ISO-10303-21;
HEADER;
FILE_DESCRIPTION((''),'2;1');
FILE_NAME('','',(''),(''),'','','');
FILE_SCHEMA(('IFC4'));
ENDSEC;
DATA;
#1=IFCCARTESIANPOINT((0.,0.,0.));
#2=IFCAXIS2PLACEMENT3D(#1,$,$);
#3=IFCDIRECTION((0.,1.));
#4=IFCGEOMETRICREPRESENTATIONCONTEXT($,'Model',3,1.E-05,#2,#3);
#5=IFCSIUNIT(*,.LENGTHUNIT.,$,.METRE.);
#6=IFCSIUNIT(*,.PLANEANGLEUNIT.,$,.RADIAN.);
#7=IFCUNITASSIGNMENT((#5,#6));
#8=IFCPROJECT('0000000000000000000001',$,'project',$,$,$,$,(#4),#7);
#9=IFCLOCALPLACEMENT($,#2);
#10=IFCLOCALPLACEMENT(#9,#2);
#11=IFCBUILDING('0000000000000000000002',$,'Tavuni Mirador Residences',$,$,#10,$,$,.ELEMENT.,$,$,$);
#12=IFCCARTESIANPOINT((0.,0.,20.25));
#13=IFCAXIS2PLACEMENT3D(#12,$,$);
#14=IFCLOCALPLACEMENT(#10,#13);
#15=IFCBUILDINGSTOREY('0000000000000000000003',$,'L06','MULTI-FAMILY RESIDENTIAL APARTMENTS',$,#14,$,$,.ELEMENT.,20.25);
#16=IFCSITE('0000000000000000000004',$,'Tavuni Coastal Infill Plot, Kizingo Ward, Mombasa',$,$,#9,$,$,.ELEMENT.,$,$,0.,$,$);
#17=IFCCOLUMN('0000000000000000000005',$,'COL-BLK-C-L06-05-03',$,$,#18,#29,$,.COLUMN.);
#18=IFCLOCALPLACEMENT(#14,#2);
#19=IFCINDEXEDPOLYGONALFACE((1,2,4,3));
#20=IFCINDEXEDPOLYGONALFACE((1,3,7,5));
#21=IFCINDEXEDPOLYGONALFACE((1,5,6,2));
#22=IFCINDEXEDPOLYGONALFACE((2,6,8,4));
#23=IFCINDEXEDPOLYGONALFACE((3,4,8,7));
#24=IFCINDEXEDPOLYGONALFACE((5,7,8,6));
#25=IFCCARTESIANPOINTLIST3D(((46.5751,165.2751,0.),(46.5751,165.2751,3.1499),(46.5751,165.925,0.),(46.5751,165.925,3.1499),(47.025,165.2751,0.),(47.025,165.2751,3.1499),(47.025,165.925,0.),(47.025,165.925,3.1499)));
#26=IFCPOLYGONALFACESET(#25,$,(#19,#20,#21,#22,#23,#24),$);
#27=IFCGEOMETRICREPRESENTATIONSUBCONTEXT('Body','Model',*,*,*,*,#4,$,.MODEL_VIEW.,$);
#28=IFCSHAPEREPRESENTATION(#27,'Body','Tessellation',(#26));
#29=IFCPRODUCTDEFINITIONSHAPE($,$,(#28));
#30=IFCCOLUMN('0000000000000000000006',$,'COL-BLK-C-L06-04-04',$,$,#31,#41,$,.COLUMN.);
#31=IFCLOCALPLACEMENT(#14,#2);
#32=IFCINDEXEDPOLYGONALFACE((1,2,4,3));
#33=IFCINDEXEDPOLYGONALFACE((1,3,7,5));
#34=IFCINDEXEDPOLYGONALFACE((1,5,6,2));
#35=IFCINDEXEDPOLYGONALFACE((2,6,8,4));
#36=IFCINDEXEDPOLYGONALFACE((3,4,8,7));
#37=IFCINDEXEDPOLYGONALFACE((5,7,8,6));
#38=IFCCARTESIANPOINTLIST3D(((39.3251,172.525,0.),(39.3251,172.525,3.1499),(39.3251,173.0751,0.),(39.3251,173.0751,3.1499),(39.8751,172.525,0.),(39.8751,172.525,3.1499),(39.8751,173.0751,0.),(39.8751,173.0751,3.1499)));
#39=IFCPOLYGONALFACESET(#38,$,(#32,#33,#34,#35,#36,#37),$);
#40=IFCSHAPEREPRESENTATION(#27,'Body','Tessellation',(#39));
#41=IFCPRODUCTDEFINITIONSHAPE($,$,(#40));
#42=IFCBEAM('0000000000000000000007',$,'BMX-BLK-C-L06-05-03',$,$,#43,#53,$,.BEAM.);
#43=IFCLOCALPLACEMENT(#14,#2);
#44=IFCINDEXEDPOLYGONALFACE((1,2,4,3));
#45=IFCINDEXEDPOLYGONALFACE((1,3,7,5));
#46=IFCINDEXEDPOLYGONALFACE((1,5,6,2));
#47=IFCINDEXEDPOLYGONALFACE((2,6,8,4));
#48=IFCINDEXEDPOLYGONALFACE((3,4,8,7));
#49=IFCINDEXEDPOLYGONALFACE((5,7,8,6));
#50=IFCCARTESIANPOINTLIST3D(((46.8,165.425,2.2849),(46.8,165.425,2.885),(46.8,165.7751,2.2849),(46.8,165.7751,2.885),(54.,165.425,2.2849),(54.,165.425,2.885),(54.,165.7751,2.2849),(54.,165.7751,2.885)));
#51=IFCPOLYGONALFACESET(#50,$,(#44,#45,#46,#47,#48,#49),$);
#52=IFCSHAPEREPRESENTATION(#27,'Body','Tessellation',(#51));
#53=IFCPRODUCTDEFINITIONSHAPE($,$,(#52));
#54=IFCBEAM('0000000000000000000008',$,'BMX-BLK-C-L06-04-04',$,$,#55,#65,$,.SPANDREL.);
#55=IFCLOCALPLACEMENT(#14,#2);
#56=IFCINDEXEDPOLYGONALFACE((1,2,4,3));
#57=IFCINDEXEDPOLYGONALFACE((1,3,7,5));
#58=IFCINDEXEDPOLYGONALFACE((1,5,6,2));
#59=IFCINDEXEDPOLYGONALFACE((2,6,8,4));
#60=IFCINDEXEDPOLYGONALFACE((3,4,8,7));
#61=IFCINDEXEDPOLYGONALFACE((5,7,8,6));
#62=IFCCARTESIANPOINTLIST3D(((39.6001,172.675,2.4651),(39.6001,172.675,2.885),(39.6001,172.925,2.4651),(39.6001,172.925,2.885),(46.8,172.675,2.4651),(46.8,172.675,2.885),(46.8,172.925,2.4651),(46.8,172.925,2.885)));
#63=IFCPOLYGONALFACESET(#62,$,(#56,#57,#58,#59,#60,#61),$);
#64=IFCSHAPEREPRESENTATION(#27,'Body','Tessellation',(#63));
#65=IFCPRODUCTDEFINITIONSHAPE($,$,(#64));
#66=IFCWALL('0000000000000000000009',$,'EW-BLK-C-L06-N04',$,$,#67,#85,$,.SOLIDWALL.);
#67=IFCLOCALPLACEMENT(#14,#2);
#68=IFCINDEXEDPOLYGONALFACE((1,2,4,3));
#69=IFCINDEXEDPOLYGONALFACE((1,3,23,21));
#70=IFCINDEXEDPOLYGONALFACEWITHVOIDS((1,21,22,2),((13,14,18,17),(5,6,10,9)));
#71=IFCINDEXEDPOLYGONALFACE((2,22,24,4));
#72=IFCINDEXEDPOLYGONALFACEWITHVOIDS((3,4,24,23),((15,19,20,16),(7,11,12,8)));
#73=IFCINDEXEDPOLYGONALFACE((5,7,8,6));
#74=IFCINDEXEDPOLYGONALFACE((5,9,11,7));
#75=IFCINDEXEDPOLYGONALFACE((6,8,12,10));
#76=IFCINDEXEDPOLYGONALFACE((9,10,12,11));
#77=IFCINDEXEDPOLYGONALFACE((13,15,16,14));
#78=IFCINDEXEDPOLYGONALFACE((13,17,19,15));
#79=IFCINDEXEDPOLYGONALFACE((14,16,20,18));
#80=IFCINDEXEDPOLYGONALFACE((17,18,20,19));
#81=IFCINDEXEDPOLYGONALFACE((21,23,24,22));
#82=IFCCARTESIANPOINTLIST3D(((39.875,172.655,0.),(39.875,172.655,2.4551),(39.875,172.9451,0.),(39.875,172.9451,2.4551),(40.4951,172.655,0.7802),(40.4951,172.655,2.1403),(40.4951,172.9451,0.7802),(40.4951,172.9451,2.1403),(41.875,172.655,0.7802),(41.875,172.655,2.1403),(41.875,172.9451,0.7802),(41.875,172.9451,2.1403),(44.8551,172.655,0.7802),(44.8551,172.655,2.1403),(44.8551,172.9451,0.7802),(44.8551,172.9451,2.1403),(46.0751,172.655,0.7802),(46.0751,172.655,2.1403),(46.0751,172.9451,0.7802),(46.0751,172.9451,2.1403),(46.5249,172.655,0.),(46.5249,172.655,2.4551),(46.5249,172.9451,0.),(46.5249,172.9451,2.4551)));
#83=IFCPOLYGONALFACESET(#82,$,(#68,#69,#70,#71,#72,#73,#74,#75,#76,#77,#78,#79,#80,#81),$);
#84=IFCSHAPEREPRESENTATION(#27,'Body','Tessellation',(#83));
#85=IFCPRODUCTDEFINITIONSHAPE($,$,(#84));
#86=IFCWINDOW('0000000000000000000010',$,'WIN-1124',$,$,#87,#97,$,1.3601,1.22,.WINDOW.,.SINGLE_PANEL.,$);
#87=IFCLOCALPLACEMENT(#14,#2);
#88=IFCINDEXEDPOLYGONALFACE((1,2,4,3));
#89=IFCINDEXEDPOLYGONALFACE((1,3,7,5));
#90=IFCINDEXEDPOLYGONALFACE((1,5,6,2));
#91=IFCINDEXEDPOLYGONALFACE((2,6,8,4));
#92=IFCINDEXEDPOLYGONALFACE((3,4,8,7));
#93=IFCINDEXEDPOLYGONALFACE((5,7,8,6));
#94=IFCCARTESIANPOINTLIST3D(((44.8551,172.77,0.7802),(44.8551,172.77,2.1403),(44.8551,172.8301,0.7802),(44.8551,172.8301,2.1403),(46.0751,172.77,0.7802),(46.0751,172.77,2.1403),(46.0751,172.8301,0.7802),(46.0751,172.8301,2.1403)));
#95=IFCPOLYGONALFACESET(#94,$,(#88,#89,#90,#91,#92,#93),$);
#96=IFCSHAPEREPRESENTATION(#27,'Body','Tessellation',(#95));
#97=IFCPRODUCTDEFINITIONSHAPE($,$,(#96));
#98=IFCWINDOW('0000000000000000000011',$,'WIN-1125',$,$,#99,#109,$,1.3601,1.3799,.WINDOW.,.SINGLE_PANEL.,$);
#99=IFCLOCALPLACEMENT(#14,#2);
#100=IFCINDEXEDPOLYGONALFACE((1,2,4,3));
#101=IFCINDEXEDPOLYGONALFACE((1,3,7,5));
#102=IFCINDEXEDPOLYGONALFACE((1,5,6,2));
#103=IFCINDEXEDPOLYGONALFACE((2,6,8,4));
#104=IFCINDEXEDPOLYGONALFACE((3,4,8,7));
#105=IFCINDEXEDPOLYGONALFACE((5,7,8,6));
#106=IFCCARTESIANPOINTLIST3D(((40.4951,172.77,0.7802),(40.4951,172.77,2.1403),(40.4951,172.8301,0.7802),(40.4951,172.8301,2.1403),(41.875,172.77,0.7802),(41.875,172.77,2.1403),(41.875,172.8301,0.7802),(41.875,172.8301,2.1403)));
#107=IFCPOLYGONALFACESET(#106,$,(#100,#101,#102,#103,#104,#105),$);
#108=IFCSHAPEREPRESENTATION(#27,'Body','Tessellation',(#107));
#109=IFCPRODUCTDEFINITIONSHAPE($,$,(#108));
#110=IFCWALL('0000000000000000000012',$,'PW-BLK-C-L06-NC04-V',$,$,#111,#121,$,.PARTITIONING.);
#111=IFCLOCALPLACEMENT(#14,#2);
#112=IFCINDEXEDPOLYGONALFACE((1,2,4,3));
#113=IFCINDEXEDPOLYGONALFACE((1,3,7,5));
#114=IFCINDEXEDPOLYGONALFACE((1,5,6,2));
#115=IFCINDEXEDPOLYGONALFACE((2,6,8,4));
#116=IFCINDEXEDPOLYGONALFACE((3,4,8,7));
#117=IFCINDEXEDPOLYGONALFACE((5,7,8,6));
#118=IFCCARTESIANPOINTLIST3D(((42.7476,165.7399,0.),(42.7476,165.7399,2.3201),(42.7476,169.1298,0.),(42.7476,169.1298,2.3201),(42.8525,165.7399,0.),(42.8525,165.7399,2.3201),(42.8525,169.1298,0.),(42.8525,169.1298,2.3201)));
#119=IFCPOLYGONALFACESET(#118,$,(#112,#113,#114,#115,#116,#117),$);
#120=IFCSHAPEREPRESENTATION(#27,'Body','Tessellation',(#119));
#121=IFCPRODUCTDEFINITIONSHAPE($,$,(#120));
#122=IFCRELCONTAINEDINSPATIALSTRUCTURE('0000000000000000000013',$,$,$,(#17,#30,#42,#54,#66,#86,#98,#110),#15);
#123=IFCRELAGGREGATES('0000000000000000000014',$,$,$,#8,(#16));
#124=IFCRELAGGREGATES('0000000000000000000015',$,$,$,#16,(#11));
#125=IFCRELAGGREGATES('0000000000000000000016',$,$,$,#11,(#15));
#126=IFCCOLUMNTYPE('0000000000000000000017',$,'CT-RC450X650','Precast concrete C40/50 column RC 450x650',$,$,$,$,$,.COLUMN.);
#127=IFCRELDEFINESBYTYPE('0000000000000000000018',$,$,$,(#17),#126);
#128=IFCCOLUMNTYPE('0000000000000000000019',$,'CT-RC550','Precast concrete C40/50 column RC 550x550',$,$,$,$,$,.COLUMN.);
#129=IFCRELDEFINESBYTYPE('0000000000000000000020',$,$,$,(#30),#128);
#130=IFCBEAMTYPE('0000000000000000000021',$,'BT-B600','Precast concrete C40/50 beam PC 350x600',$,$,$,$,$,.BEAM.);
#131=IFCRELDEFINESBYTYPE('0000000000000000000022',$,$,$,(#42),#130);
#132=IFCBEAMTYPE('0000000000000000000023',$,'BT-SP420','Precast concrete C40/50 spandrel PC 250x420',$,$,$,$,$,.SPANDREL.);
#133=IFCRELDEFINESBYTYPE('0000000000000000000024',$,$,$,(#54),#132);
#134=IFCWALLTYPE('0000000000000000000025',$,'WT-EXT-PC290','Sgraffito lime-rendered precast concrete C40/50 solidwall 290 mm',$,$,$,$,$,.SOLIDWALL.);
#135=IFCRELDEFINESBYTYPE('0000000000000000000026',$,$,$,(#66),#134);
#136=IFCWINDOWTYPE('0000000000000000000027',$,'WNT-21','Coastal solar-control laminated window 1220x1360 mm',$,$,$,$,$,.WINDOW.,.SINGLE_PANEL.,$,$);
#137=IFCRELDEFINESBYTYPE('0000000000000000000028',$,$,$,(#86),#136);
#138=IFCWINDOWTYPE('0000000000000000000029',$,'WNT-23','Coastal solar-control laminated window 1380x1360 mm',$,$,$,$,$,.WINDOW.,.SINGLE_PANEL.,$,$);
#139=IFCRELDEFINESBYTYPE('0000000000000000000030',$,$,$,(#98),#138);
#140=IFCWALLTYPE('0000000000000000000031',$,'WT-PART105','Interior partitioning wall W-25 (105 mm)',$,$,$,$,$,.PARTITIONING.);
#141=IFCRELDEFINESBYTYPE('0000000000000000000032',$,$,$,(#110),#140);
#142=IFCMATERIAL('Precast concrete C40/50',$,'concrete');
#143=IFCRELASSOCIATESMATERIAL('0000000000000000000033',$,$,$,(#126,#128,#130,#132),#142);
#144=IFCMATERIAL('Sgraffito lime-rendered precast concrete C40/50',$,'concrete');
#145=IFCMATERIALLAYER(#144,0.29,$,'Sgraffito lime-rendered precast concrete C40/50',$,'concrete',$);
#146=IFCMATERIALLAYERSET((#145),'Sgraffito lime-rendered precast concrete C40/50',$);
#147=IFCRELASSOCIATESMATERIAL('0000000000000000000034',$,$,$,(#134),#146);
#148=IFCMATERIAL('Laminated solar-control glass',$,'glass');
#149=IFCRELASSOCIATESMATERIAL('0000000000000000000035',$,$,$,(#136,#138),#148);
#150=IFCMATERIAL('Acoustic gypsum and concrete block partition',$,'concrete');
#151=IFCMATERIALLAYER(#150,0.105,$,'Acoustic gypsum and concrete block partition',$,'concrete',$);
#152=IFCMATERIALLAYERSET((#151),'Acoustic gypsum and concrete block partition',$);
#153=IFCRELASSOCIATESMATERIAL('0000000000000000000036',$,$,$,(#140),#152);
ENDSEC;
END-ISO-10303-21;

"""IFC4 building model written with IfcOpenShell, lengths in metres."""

from ifc_helpers import new_model, si_unit, direction, frame, frame_2d, origin, origin_2d, place, context, subcontext, project, spatial, rectangle, extrude, material, layer, layer_set, material_profile, profile_set, type_object, element, fill, save


model = new_model("IFC4")

# Units and contexts
model_context = context("Model", 3, precision=1e-05, world=origin(), true_north=direction((0.0, 1.0)))
body_context = subcontext(model_context, "Body", "Model", "MODEL_VIEW")
ifc_project = project(units=[si_unit("LENGTHUNIT", "METRE"), si_unit("PLANEANGLEUNIT", "RADIAN")], contexts=[model_context])

# Site, building, storey
site_placement = place(None, origin())
site = spatial("IfcSite", under=ifc_project, at=site_placement, Name="Tavuni Coastal Infill Plot, Kizingo Ward, Mombasa", CompositionType="ELEMENT", RefElevation=0.0)
building_placement = place(site_placement, origin())
building = spatial("IfcBuilding", under=site, at=building_placement, Name="Tavuni Mirador Residences", CompositionType="ELEMENT")
storey_placement = place(building_placement, frame((0.0, 0.0, 20.25)))
storey = spatial("IfcBuildingStorey", under=building, at=storey_placement, Name="L06", Description="MULTI-FAMILY RESIDENTIAL APARTMENTS", CompositionType="ELEMENT", Elevation=20.25)

# Columns
ifc_material_1 = material(Name="Precast concrete C40/50", Category="concrete")
ifc_material_profile_1 = material_profile(ifc_material_1, rectangle(XDim=0.45, YDim=0.6499, at=origin_2d()), Name="RC 450x650", Category="concrete")
ifc_profile_set_1 = profile_set([ifc_material_profile_1], Name="Precast concrete C40/50")
column_type_1 = type_object("IfcColumnType", Name="CT-RC450X650", Description="Precast concrete C40/50 column RC 450x650", PredefinedType="COLUMN", material=ifc_profile_set_1)
column_1_placement = place(storey_placement, frame((46.8, 165.6001, 0.0), z_axis=(0.0, 0.0, 1.0), x_axis=(1.0, 0.0, 0.0)))
element("IfcColumn", 1, at=column_1_placement, inside=storey, type_object=column_type_1, Name="COL-BLK-C-L06-05-03", PredefinedType="COLUMN", context=body_context, shape_type="SweptSolid", body=[
    extrude(rectangle(XDim=0.45, YDim=0.6499, at=origin_2d()), origin(), (0.0, 0.0, 1.0), 3.1499),
])
ifc_material_profile_2 = material_profile(ifc_material_1, rectangle(XDim=0.55, YDim=0.55, at=origin_2d()), Name="RC 550x550", Category="concrete")
ifc_profile_set_2 = profile_set([ifc_material_profile_2], Name="Precast concrete C40/50")
column_type_2 = type_object("IfcColumnType", Name="CT-RC550", Description="Precast concrete C40/50 column RC 550x550", PredefinedType="COLUMN", material=ifc_profile_set_2)
column_2_placement = place(storey_placement, frame((39.6001, 172.8, 0.0), z_axis=(0.0, 0.0, 1.0), x_axis=(1.0, 0.0, 0.0)))
element("IfcColumn", 2, at=column_2_placement, inside=storey, type_object=column_type_2, Name="COL-BLK-C-L06-04-04", PredefinedType="COLUMN", context=body_context, shape_type="SweptSolid", body=[
    extrude(rectangle(XDim=0.55, YDim=0.55, at=origin_2d()), origin(), (0.0, 0.0, 1.0), 3.1499),
])

# Beams
ifc_material_profile_3 = material_profile(ifc_material_1, rectangle(XDim=0.3501, YDim=0.6001, at=origin_2d()), Name="PC 350x600", Category="concrete")
ifc_profile_set_3 = profile_set([ifc_material_profile_3], Name="Precast concrete C40/50")
beam_type_1 = type_object("IfcBeamType", Name="BT-B600", Description="Precast concrete C40/50 beam PC 350x600", PredefinedType="BEAM", material=ifc_profile_set_3)
beam_1_placement = place(storey_placement, frame((46.8, 165.6001, 2.585), z_axis=(1.0, 0.0, 0.0), x_axis=(0.0, 1.0, 0.0)))
element("IfcBeam", 3, at=beam_1_placement, inside=storey, type_object=beam_type_1, Name="BMX-BLK-C-L06-05-03", PredefinedType="BEAM", context=body_context, shape_type="SweptSolid", body=[
    extrude(rectangle(XDim=0.3501, YDim=0.6001, at=origin_2d()), origin(), (0.0, 0.0, 1.0), 7.2),
])
ifc_material_profile_4 = material_profile(ifc_material_1, rectangle(XDim=0.25, YDim=0.4199, at=origin_2d()), Name="PC 250x420", Category="concrete")
ifc_profile_set_4 = profile_set([ifc_material_profile_4], Name="Precast concrete C40/50")
beam_type_2 = type_object("IfcBeamType", Name="BT-SP420", Description="Precast concrete C40/50 spandrel PC 250x420", PredefinedType="SPANDREL", material=ifc_profile_set_4)
beam_2_placement = place(storey_placement, frame((39.6001, 172.8, 2.675), z_axis=(1.0, 0.0, 0.0), x_axis=(0.0, 1.0, 0.0)))
element("IfcBeam", 4, at=beam_2_placement, inside=storey, type_object=beam_type_2, Name="BMX-BLK-C-L06-04-04", PredefinedType="SPANDREL", context=body_context, shape_type="SweptSolid", body=[
    extrude(rectangle(XDim=0.25, YDim=0.4199, at=origin_2d()), origin(), (0.0, 0.0, 1.0), 7.2),
])

# Wall, openings, windows
ifc_material_2 = material(Name="Sgraffito lime-rendered precast concrete C40/50", Category="concrete")
ifc_layer_1 = layer(ifc_material_2, 0.29, Name="Sgraffito lime-rendered precast concrete C40/50", Category="concrete")
ifc_layer_set_1 = layer_set([ifc_layer_1], Name="Sgraffito lime-rendered precast concrete C40/50")
wall_type_1 = type_object("IfcWallType", Name="WT-EXT-PC290", Description="Sgraffito lime-rendered precast concrete C40/50 solidwall 290 mm", PredefinedType="SOLIDWALL", material=ifc_layer_set_1)
wall_1_placement = place(storey_placement, frame((46.5249, 172.8, 0.0), z_axis=(0.0, 0.0, 1.0), x_axis=(-1.0, 0.0, 0.0)))
wall_1 = element("IfcWall", 5, at=wall_1_placement, inside=storey, type_object=wall_type_1, Name="EW-BLK-C-L06-N04", PredefinedType="SOLIDWALL", context=body_context, shape_type="SweptSolid", body=[
    extrude(rectangle(XDim=6.6499, YDim=0.29, at=frame_2d((3.325, 0.0))), origin(), (0.0, 0.0, 1.0), 2.4551),
])
opening_1_placement = place(wall_1_placement, frame((0.45, 0.0, 0.78)))
opening_1 = element("IfcOpeningElement", 6, at=opening_1_placement, cuts=wall_1, PredefinedType="OPENING", context=body_context, shape_type="SweptSolid", body=[
    extrude(rectangle(XDim=1.22, YDim=1.3601, at=frame_2d((0.6099, 0.6802))), frame((0.0, 0.155, 0.0), z_axis=(0.0, -1.0, 0.0), x_axis=(1.0, 0.0, 0.0)), (0.0, 0.0, 1.0), 0.3101),
])
opening_2_placement = place(wall_1_placement, frame((4.6499, 0.0, 0.78)))
opening_2 = element("IfcOpeningElement", 7, at=opening_2_placement, cuts=wall_1, PredefinedType="OPENING", context=body_context, shape_type="SweptSolid", body=[
    extrude(rectangle(XDim=1.3799, YDim=1.3601, at=frame_2d((0.6899, 0.6802))), frame((0.0, 0.155, 0.0), z_axis=(0.0, -1.0, 0.0), x_axis=(1.0, 0.0, 0.0)), (0.0, 0.0, 1.0), 0.3101),
])
ifc_material_3 = material(Name="Laminated solar-control glass", Category="glass")
window_type_1 = type_object("IfcWindowType", Name="WNT-21", Description="Coastal solar-control laminated window 1220x1360 mm", PartitioningType="SINGLE_PANEL", PredefinedType="WINDOW", material=ifc_material_3)
window_1_placement = place(opening_1_placement, origin())
window_1 = element("IfcWindow", 8, at=window_1_placement, inside=storey, type_object=window_type_1, Name="WIN-1124", OverallHeight=1.3601, OverallWidth=1.22, PartitioningType="SINGLE_PANEL", PredefinedType="WINDOW", context=body_context, shape_type="SweptSolid", body=[
    extrude(rectangle(XDim=1.22, YDim=1.3601, at=frame_2d((0.6099, 0.6802))), frame((0.0, 0.03, 0.0), z_axis=(0.0, -1.0, 0.0), x_axis=(1.0, 0.0, 0.0)), (0.0, 0.0, 1.0), 0.0601),
])
fill(opening_1, window_1)
window_type_2 = type_object("IfcWindowType", Name="WNT-23", Description="Coastal solar-control laminated window 1380x1360 mm", PartitioningType="SINGLE_PANEL", PredefinedType="WINDOW", material=ifc_material_3)
window_2_placement = place(opening_2_placement, origin())
window_2 = element("IfcWindow", 9, at=window_2_placement, inside=storey, type_object=window_type_2, Name="WIN-1125", OverallHeight=1.3601, OverallWidth=1.3799, PartitioningType="SINGLE_PANEL", PredefinedType="WINDOW", context=body_context, shape_type="SweptSolid", body=[
    extrude(rectangle(XDim=1.3799, YDim=1.3601, at=frame_2d((0.6899, 0.6802))), frame((0.0, 0.03, 0.0), z_axis=(0.0, -1.0, 0.0), x_axis=(1.0, 0.0, 0.0)), (0.0, 0.0, 1.0), 0.0601),
])
fill(opening_2, window_2)

# Wall
ifc_material_4 = material(Name="Acoustic gypsum and concrete block partition", Category="concrete")
ifc_layer_2 = layer(ifc_material_4, 0.105, Name="Acoustic gypsum and concrete block partition", Category="concrete")
ifc_layer_set_2 = layer_set([ifc_layer_2], Name="Acoustic gypsum and concrete block partition")
wall_type_2 = type_object("IfcWallType", Name="WT-PART105", Description="Interior partitioning wall W-25 (105 mm)", PredefinedType="PARTITIONING", material=ifc_layer_set_2)
wall_2_placement = place(storey_placement, frame((42.8, 165.74, 0.0), z_axis=(0.0, 0.0, 1.0), x_axis=(0.0, 1.0, 0.0)))
element("IfcWall", 10, at=wall_2_placement, inside=storey, type_object=wall_type_2, Name="PW-BLK-C-L06-NC04-V", PredefinedType="PARTITIONING", context=body_context, shape_type="SweptSolid", body=[
    extrude(rectangle(XDim=3.3899, YDim=0.105, at=frame_2d((1.6948, 0.0))), origin(), (0.0, 0.0, 1.0), 2.3201),
])

save(model, "model.ifc")
